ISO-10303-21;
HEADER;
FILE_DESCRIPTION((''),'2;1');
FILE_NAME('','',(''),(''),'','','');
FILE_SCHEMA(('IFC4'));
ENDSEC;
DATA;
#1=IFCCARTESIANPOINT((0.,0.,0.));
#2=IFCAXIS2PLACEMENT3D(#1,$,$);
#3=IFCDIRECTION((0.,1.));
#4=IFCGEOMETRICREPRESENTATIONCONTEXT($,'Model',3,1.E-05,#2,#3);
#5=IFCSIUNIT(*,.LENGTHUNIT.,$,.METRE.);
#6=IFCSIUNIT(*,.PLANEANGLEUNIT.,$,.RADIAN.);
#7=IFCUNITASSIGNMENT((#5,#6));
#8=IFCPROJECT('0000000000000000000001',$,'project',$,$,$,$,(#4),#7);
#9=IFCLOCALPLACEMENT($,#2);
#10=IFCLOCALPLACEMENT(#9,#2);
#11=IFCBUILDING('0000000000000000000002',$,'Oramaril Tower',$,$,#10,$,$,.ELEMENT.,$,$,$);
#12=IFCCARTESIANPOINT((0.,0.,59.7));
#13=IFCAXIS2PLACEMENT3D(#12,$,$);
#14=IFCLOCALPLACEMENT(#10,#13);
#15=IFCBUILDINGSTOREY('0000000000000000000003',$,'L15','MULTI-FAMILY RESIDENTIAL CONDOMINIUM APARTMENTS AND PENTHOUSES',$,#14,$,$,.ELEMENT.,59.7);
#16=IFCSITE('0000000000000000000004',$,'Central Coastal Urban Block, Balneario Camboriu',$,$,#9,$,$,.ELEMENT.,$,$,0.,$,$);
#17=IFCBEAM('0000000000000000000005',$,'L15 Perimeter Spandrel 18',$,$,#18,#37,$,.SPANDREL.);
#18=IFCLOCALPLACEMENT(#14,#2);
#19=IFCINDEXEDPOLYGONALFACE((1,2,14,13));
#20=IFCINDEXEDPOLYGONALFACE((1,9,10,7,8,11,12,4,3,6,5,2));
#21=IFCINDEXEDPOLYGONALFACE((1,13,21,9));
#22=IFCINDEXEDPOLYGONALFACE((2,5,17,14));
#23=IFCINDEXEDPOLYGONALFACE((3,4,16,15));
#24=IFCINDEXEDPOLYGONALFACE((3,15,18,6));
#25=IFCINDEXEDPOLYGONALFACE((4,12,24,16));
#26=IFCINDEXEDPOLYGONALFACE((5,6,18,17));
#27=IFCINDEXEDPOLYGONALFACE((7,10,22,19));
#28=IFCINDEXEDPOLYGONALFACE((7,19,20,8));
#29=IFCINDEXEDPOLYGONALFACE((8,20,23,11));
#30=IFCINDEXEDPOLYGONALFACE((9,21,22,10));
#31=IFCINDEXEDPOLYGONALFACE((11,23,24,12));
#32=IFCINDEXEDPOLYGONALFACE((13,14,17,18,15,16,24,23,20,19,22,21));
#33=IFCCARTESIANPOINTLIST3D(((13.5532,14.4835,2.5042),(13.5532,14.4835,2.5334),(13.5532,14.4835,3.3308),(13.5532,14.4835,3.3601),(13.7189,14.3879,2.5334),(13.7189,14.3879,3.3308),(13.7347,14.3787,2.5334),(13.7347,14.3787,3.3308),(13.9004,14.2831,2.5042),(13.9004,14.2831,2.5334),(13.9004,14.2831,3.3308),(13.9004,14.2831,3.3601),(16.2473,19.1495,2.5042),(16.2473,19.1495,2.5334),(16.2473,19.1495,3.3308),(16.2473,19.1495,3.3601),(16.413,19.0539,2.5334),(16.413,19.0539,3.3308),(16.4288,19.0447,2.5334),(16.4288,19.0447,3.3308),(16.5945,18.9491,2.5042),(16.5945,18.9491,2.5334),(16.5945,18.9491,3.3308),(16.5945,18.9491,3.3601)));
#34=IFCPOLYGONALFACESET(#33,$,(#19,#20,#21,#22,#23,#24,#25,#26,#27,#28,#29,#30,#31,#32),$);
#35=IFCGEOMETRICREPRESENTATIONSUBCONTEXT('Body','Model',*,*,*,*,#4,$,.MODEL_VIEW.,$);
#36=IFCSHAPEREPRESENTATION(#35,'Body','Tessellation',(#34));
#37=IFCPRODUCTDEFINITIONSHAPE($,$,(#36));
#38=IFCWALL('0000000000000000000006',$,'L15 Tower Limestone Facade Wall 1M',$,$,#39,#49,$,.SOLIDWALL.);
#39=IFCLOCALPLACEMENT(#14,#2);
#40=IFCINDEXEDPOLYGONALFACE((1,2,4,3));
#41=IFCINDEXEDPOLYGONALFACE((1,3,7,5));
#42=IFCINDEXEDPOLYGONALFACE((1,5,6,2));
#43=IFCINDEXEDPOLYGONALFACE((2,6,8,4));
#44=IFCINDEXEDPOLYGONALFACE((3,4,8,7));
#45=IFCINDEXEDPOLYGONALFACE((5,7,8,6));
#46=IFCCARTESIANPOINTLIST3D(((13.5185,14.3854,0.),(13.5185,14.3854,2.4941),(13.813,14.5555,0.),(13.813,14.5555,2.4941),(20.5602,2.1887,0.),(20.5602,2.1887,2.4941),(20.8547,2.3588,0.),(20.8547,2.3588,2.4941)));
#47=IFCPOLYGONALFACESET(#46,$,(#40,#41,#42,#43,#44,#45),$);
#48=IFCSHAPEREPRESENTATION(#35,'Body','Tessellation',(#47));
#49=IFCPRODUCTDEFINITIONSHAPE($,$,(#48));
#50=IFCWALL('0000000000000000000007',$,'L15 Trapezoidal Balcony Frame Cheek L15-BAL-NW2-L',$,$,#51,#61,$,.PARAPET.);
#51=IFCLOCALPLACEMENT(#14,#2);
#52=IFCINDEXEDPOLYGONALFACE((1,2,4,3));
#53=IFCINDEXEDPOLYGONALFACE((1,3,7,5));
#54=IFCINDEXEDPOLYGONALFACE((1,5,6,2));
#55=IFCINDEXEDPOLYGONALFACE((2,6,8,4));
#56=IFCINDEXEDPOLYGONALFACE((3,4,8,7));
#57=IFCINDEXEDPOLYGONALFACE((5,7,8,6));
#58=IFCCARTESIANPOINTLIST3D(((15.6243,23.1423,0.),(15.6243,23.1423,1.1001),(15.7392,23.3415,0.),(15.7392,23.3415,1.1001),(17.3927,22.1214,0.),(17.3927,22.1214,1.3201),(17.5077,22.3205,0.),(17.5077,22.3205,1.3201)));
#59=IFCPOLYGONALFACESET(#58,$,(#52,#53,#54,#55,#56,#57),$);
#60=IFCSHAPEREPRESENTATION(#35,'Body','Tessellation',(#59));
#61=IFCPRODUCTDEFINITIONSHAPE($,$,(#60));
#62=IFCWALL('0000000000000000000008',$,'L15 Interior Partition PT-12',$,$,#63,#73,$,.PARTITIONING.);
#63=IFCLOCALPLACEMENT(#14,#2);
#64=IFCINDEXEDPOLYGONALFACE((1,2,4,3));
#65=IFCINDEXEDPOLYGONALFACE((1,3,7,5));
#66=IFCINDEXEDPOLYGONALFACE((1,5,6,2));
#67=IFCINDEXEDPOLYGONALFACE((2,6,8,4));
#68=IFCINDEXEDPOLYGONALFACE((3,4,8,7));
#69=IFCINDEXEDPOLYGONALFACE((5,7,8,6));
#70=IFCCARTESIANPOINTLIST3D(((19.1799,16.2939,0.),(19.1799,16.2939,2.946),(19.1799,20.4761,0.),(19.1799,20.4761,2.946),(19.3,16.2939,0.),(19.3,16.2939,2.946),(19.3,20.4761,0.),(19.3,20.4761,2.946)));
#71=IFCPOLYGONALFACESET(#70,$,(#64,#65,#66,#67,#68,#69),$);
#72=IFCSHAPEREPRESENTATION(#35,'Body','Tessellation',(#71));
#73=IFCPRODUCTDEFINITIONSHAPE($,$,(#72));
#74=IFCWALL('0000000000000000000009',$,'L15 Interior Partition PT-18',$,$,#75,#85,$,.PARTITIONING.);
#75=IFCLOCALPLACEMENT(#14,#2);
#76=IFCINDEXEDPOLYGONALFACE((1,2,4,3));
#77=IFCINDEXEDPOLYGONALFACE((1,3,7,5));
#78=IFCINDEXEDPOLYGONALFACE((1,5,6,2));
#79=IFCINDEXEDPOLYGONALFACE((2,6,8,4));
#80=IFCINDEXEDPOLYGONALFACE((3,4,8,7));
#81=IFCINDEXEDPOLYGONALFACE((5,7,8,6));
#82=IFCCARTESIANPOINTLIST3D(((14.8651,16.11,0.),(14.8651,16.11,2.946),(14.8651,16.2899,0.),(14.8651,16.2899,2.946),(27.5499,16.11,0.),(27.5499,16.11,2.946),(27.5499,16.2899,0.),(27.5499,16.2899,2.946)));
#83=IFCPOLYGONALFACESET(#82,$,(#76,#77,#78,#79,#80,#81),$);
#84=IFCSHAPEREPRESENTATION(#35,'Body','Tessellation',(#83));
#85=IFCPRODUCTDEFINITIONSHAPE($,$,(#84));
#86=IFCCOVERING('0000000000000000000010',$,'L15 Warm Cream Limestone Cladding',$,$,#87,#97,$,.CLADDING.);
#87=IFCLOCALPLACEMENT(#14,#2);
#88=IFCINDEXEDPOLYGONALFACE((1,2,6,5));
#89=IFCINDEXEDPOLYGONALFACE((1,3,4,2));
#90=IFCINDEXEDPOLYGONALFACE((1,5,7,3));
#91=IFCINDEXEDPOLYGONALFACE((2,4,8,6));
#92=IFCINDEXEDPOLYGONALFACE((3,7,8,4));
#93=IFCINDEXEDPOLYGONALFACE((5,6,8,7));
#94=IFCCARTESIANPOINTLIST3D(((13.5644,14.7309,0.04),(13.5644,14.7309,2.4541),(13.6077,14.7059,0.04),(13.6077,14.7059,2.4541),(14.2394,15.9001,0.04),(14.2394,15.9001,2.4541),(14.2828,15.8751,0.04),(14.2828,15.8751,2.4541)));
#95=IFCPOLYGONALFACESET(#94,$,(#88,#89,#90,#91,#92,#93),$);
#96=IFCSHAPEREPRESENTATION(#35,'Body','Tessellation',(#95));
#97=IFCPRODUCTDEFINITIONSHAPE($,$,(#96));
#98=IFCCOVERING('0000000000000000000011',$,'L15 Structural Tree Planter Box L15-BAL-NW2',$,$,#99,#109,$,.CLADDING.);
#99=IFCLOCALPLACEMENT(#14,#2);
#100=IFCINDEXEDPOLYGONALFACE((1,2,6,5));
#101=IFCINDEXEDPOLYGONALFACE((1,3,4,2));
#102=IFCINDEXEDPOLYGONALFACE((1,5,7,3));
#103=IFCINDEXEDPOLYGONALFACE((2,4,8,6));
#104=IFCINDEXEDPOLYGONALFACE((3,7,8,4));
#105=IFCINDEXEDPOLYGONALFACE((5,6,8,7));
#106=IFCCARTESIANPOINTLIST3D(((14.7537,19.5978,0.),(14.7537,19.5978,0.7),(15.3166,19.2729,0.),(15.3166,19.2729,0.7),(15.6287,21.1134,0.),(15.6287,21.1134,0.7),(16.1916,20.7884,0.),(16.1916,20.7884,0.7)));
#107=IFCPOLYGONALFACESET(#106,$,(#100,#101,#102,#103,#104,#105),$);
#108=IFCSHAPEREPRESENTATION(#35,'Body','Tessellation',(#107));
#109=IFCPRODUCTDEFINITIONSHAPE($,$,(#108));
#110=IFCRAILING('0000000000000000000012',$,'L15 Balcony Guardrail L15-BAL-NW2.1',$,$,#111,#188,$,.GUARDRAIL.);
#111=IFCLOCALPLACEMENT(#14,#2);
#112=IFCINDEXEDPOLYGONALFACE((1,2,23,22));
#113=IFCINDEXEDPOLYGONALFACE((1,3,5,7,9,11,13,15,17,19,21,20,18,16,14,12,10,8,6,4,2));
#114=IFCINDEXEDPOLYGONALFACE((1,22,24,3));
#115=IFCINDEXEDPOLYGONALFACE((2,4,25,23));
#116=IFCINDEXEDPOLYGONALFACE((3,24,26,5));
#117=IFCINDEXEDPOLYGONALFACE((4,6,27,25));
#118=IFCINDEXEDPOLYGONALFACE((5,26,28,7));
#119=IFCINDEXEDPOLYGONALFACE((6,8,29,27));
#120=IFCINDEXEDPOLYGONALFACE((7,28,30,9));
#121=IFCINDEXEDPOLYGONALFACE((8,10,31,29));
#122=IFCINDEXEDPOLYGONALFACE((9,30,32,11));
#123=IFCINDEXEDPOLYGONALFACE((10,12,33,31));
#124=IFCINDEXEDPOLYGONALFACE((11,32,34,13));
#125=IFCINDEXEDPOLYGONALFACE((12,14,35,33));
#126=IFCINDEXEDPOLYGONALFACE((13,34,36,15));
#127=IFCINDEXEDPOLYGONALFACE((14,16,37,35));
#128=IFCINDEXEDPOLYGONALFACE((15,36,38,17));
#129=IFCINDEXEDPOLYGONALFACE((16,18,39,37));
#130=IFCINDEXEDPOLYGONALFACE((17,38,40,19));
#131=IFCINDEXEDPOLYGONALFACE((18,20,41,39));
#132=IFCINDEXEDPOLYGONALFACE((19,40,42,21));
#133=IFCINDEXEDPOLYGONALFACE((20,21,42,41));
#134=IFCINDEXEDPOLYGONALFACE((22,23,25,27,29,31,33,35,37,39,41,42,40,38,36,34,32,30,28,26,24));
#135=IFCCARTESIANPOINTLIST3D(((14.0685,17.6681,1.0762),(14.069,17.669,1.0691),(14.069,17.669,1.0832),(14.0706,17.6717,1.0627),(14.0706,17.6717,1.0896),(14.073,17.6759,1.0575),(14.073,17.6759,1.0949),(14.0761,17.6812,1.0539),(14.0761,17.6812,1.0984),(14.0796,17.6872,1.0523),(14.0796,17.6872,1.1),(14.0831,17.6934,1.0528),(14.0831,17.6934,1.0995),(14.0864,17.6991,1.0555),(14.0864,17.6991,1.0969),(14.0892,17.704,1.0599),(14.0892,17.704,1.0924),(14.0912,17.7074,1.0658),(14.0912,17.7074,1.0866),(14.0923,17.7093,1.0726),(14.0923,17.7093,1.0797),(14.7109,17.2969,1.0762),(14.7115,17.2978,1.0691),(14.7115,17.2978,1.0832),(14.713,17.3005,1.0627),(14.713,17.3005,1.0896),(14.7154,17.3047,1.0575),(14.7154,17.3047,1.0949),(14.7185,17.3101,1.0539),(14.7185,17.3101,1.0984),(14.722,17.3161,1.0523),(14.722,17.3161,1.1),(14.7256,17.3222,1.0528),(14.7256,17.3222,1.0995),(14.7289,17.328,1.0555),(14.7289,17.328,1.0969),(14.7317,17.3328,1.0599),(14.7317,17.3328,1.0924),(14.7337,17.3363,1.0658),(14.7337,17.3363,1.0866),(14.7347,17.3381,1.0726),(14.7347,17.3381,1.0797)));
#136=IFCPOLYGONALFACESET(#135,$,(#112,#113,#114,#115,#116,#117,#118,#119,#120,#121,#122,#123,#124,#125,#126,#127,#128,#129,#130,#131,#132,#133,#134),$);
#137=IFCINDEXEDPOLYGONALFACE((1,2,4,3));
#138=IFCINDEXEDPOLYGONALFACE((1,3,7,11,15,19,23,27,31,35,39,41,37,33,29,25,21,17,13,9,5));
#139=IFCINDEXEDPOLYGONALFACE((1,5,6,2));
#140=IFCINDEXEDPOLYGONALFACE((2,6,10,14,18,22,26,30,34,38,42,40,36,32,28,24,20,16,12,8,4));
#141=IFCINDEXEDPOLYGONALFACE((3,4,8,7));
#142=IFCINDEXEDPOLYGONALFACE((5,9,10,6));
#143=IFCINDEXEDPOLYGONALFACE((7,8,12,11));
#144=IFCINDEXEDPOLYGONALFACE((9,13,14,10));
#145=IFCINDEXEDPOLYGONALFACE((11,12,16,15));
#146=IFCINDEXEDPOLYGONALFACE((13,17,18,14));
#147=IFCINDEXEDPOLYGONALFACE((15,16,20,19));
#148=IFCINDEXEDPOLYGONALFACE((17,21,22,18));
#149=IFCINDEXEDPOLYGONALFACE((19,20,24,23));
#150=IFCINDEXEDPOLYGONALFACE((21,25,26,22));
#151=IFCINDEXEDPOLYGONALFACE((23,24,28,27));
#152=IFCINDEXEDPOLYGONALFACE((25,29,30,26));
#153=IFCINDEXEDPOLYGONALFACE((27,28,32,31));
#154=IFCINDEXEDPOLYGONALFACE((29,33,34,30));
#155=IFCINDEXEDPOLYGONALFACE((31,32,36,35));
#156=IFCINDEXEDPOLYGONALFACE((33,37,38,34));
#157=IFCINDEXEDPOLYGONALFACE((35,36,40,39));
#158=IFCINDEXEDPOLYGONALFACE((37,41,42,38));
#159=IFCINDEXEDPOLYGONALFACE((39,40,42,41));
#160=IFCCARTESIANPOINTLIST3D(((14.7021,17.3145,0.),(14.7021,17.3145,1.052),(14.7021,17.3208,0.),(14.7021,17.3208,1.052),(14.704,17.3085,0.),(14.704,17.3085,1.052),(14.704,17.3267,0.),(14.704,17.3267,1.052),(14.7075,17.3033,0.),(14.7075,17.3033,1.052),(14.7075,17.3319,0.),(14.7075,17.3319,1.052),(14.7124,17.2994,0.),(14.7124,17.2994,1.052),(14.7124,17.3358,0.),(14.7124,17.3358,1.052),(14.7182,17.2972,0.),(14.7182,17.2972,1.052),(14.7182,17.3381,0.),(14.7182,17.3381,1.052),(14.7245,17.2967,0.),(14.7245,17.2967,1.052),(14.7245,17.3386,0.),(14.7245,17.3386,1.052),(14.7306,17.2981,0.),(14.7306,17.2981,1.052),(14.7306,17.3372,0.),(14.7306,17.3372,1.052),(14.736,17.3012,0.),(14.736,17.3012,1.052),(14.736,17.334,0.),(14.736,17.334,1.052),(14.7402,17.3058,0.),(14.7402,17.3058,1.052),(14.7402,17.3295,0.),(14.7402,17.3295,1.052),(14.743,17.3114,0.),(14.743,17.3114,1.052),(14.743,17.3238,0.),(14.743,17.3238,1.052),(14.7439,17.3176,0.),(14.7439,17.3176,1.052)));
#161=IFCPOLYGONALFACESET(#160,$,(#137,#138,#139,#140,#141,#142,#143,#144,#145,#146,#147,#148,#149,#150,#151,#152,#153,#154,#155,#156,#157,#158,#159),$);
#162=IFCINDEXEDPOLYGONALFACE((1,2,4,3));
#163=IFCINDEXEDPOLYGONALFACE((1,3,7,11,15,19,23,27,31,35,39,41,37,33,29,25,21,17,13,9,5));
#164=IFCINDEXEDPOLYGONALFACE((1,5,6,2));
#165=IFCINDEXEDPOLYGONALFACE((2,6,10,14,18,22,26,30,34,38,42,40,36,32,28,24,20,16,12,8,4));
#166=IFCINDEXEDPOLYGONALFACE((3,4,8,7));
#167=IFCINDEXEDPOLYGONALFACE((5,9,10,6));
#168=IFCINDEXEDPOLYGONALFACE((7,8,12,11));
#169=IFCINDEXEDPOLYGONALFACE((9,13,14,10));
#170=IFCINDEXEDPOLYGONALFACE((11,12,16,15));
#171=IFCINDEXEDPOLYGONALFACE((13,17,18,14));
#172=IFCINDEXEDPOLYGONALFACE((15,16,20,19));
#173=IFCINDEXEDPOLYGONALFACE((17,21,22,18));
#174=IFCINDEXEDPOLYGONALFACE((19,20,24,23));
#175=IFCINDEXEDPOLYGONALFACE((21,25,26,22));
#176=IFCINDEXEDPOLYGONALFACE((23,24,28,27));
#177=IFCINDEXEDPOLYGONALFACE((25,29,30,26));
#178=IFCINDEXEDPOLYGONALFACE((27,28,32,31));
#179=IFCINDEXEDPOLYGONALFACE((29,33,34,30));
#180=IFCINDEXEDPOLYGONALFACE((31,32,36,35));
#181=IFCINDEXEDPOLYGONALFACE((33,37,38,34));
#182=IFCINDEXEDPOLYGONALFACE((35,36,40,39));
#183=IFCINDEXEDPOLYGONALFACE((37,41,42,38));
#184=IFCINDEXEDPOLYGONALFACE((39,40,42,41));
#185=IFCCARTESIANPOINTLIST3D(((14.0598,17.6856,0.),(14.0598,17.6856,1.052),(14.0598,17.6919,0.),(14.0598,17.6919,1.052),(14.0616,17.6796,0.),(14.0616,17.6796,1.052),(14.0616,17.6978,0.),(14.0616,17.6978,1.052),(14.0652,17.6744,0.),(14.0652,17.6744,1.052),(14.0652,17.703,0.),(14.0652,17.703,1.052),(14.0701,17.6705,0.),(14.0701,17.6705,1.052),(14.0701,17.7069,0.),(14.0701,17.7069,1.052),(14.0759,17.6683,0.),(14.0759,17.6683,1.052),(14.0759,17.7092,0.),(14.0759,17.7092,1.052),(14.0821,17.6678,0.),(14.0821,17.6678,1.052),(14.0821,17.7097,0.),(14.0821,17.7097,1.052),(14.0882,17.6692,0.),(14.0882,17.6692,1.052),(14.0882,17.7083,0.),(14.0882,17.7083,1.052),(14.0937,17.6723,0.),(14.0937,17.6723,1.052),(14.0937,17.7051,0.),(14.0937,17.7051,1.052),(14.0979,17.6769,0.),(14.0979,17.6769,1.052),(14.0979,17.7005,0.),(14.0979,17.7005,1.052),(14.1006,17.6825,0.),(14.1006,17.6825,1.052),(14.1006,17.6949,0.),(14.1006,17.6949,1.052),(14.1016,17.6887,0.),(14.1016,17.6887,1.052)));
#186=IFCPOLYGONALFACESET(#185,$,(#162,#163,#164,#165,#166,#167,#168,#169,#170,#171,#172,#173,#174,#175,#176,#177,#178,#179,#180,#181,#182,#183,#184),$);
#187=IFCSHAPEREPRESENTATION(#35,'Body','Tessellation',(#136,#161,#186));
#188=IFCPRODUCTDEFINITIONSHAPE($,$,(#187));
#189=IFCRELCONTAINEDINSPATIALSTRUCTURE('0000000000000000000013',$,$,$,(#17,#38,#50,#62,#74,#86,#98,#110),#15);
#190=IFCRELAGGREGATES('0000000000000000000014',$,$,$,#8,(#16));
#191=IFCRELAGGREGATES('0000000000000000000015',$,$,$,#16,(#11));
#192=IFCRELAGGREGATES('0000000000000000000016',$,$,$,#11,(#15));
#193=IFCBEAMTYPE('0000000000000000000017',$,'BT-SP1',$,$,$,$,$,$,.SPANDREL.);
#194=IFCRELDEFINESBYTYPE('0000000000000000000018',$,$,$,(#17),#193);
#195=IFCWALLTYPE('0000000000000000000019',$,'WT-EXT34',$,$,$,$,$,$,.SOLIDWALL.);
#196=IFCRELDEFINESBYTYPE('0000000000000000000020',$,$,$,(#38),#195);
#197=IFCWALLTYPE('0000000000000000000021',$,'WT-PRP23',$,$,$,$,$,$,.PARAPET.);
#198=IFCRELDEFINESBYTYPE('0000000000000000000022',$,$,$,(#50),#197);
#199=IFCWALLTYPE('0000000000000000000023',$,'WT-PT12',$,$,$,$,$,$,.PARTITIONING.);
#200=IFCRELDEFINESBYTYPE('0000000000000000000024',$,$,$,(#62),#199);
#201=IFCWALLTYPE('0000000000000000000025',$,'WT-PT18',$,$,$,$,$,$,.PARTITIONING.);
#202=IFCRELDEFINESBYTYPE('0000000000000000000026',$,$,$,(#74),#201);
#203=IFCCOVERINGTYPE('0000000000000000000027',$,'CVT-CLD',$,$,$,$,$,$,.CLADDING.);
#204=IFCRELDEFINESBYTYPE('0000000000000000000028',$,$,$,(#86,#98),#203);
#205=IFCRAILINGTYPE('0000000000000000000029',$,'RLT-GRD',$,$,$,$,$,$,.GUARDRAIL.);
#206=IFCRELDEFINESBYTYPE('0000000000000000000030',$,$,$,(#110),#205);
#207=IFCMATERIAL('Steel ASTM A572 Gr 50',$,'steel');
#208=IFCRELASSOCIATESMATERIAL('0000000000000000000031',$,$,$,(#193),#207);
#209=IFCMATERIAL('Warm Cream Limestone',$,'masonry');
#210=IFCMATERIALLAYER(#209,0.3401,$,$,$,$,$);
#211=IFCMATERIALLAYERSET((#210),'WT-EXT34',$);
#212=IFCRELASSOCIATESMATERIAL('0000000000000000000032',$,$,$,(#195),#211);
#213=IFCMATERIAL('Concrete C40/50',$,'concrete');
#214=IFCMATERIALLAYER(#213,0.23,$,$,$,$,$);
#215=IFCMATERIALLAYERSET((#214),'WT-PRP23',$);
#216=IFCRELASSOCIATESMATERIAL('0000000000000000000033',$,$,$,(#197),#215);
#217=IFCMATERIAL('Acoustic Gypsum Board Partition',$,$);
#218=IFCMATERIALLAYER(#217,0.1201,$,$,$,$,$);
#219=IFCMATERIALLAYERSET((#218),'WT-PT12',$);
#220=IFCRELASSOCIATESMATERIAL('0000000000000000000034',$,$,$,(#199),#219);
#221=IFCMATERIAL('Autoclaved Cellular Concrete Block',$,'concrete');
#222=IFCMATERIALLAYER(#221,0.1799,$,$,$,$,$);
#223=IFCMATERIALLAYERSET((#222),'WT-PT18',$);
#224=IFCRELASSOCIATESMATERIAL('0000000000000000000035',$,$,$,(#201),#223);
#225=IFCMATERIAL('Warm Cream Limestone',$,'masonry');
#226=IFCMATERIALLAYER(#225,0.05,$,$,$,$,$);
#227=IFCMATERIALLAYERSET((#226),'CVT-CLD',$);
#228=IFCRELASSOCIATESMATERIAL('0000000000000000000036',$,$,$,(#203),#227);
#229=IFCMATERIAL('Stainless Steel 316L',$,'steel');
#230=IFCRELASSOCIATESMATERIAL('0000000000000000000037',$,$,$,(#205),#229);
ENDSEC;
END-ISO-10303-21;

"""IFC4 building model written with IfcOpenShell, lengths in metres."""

from ifc_helpers import new_model, si_unit, direction, frame, frame_2d, origin, origin_2d, place, context, subcontext, project, spatial, polyline, rectangle, circle, i_section, outline, extrude, material, layer, layer_set, material_profile, profile_set, type_object, element, save


model = new_model("IFC4")

# Units and contexts
model_context = context("Model", 3, precision=1e-05, world=origin(), true_north=direction((0.0, 1.0)))
body_context = subcontext(model_context, "Body", "Model", "MODEL_VIEW")
ifc_project = project(units=[si_unit("LENGTHUNIT", "METRE"), si_unit("PLANEANGLEUNIT", "RADIAN")], contexts=[model_context])

# Site, building, storey
site_placement = place(None, origin())
site = spatial("IfcSite", under=ifc_project, at=site_placement, Name="Central Coastal Urban Block, Balneario Camboriu", CompositionType="ELEMENT", RefElevation=0.0)
building_placement = place(site_placement, origin())
building = spatial("IfcBuilding", under=site, at=building_placement, Name="Oramaril Tower", CompositionType="ELEMENT")
storey_placement = place(building_placement, frame((0.0, 0.0, 59.7)))
storey = spatial("IfcBuildingStorey", under=building, at=storey_placement, Name="L15", Description="MULTI-FAMILY RESIDENTIAL CONDOMINIUM APARTMENTS AND PENTHOUSES", CompositionType="ELEMENT", Elevation=59.7)

# Beam
ifc_material_1 = material(Name="Steel ASTM A572 Gr 50", Category="steel")
ifc_material_profile_1 = material_profile(ifc_material_1, i_section(OverallWidth=0.4009, OverallDepth=0.856, WebThickness=0.0183, FlangeThickness=0.0293, at=origin_2d()), Name="W33X201")
ifc_profile_set_1 = profile_set([ifc_material_profile_1], Name="Steel ASTM A572 Gr 50")
beam_type_1 = type_object("IfcBeamType", Name="BT-SP1", PredefinedType="SPANDREL", material=ifc_profile_set_1)
beam_1_placement = place(storey_placement, frame((16.4209, 19.0493, 2.9321), z_axis=(-0.500023, -0.866012, 0.0), x_axis=(0.866012, -0.500023, 0.0)))
element("IfcBeam", 1, at=beam_1_placement, inside=storey, type_object=beam_type_1, Name="L15 Perimeter Spandrel 18", PredefinedType="SPANDREL", context=body_context, shape_type="SweptSolid", body=[
    extrude(i_section(OverallWidth=0.4009, OverallDepth=0.856, WebThickness=0.0183, FlangeThickness=0.0293, at=origin_2d()), origin(), (0.0, 0.0, 1.0), 5.3879),
])

# Walls
ifc_material_2 = material(Name="Warm Cream Limestone", Category="masonry")
ifc_layer_1 = layer(ifc_material_2, 0.3401)
ifc_layer_set_1 = layer_set([ifc_layer_1], Name="WT-EXT34")
wall_type_1 = type_object("IfcWallType", Name="WT-EXT34", PredefinedType="SOLIDWALL", material=ifc_layer_set_1)
wall_1_placement = place(storey_placement, frame((13.6658, 14.4705, 0.0), z_axis=(0.0, 0.0, 1.0), x_axis=(0.499997, -0.866027, 0.0)))
element("IfcWall", 2, at=wall_1_placement, inside=storey, type_object=wall_type_1, Name="L15 Tower Limestone Facade Wall 1M", PredefinedType="SOLIDWALL", context=body_context, shape_type="SweptSolid", body=[
    extrude(rectangle(XDim=14.0835, YDim=0.3401, at=frame_2d((7.0417, 0.0))), origin(), (0.0, 0.0, 1.0), 2.4941),
])
ifc_material_3 = material(Name="Concrete C40/50", Category="concrete")
ifc_layer_2 = layer(ifc_material_3, 0.23)
ifc_layer_set_2 = layer_set([ifc_layer_2], Name="WT-PRP23")
wall_type_2 = type_object("IfcWallType", Name="WT-PRP23", PredefinedType="PARAPET", material=ifc_layer_set_2)
wall_2_placement = place(storey_placement, frame((17.4502, 22.2209, 0.0), z_axis=(0.0, 0.0, 1.0), x_axis=(-0.866042, 0.499971, 0.0)))
element("IfcWall", 3, at=wall_2_placement, inside=storey, type_object=wall_type_2, Name="L15 Trapezoidal Balcony Frame Cheek L15-BAL-NW2-L", PredefinedType="PARAPET", context=body_context, shape_type="SweptSolid", body=[
    extrude(outline(polyline([(0.0, 0.0), (2.042, 0.0), (2.042, 1.1001), (0.0, 1.3201), (0.0, 0.0)])), frame((0.0, 0.115, 0.0), z_axis=(0.0, -1.0, 0.0), x_axis=(1.0, 0.0, 0.0)), (0.0, 0.0, 1.0), 0.23),
])
ifc_material_4 = material(Name="Acoustic Gypsum Board Partition")
ifc_layer_3 = layer(ifc_material_4, 0.1201)
ifc_layer_set_3 = layer_set([ifc_layer_3], Name="WT-PT12")
wall_type_3 = type_object("IfcWallType", Name="WT-PT12", PredefinedType="PARTITIONING", material=ifc_layer_set_3)
wall_3_placement = place(storey_placement, frame((19.24, 16.2939, 0.0), z_axis=(0.0, 0.0, 1.0), x_axis=(0.0, 1.0, 0.0)))
element("IfcWall", 4, at=wall_3_placement, inside=storey, type_object=wall_type_3, Name="L15 Interior Partition PT-12", PredefinedType="PARTITIONING", context=body_context, shape_type="SweptSolid", body=[
    extrude(rectangle(XDim=4.1821, YDim=0.1201, at=frame_2d((2.0911, 0.0))), origin(), (0.0, 0.0, 1.0), 2.946),
])

# Wall
ifc_material_5 = material(Name="Autoclaved Cellular Concrete Block", Category="concrete")
ifc_layer_4 = layer(ifc_material_5, 0.1799)
ifc_layer_set_4 = layer_set([ifc_layer_4], Name="WT-PT18")
wall_type_4 = type_object("IfcWallType", Name="WT-PT18", PredefinedType="PARTITIONING", material=ifc_layer_set_4)
wall_4_placement = place(storey_placement, frame((14.8652, 16.2, 0.0), z_axis=(0.0, 0.0, 1.0), x_axis=(1.0, 0.0, 0.0)))
element("IfcWall", 5, at=wall_4_placement, inside=storey, type_object=wall_type_4, Name="L15 Interior Partition PT-18", PredefinedType="PARTITIONING", context=body_context, shape_type="SweptSolid", body=[
    extrude(rectangle(XDim=12.6848, YDim=0.1799, at=frame_2d((6.3423, 0.0))), origin(), (0.0, 0.0, 1.0), 2.946),
])

# Coverings
ifc_material_6 = material(Name="Warm Cream Limestone", Category="masonry")
ifc_layer_5 = layer(ifc_material_6, 0.05)
ifc_layer_set_5 = layer_set([ifc_layer_5], Name="CVT-CLD")
covering_type = type_object("IfcCoveringType", Name="CVT-CLD", PredefinedType="CLADDING", material=ifc_layer_set_5)
covering_1_placement = place(storey_placement, frame((13.9236, 15.303, 0.04), z_axis=(0.0, 0.0, 1.0), x_axis=(-0.499998, -0.866026, 0.0)))
element("IfcCovering", 6, at=covering_1_placement, inside=storey, type_object=covering_type, Name="L15 Warm Cream Limestone Cladding", PredefinedType="CLADDING", context=body_context, shape_type="SweptSolid", body=[
    extrude(rectangle(XDim=1.3501, YDim=0.05, at=origin_2d()), origin(), (0.0, 0.0, 1.0), 2.4141),
])
covering_2_placement = place(storey_placement, frame((15.4727, 20.1931, 0.0), z_axis=(0.0, 0.0, 1.0), x_axis=(-0.499998, -0.866026, 0.0)))
element("IfcCovering", 7, at=covering_2_placement, inside=storey, type_object=covering_type, Name="L15 Structural Tree Planter Box L15-BAL-NW2", PredefinedType="CLADDING", context=body_context, shape_type="SweptSolid", body=[
    extrude(rectangle(XDim=1.75, YDim=0.6499, at=origin_2d()), origin(), (0.0, 0.0, 1.0), 0.7),
])

# Railing
ifc_material_7 = material(Name="Stainless Steel 316L", Category="steel")
railing_type = type_object("IfcRailingType", Name="RLT-GRD", PredefinedType="GUARDRAIL", material=ifc_material_7)
railing_1_placement = place(storey_placement, frame((14.7229, 17.3176, 0.0)))
element("IfcRailing", 8, at=railing_1_placement, inside=storey, type_object=railing_type, Name="L15 Balcony Guardrail L15-BAL-NW2.1", PredefinedType="GUARDRAIL", context=body_context, shape_type="SweptSolid", body=[
    extrude(circle(Radius=0.0239, at=origin_2d()), frame((0.0, 0.0, 1.0762), z_axis=(-0.865884, 0.500245, 0.0), x_axis=(-0.500245, -0.865884, 0.0)), (0.0, 0.0, 1.0), 0.7419),
    extrude(circle(Radius=0.021, at=origin_2d()), origin(), (0.0, 0.0, 1.0), 1.052),
    extrude(circle(Radius=0.021, at=origin_2d()), frame((-0.6423, 0.3711, 0.0)), (0.0, 0.0, 1.0), 1.052),
])

save(model, "model.ifc")
